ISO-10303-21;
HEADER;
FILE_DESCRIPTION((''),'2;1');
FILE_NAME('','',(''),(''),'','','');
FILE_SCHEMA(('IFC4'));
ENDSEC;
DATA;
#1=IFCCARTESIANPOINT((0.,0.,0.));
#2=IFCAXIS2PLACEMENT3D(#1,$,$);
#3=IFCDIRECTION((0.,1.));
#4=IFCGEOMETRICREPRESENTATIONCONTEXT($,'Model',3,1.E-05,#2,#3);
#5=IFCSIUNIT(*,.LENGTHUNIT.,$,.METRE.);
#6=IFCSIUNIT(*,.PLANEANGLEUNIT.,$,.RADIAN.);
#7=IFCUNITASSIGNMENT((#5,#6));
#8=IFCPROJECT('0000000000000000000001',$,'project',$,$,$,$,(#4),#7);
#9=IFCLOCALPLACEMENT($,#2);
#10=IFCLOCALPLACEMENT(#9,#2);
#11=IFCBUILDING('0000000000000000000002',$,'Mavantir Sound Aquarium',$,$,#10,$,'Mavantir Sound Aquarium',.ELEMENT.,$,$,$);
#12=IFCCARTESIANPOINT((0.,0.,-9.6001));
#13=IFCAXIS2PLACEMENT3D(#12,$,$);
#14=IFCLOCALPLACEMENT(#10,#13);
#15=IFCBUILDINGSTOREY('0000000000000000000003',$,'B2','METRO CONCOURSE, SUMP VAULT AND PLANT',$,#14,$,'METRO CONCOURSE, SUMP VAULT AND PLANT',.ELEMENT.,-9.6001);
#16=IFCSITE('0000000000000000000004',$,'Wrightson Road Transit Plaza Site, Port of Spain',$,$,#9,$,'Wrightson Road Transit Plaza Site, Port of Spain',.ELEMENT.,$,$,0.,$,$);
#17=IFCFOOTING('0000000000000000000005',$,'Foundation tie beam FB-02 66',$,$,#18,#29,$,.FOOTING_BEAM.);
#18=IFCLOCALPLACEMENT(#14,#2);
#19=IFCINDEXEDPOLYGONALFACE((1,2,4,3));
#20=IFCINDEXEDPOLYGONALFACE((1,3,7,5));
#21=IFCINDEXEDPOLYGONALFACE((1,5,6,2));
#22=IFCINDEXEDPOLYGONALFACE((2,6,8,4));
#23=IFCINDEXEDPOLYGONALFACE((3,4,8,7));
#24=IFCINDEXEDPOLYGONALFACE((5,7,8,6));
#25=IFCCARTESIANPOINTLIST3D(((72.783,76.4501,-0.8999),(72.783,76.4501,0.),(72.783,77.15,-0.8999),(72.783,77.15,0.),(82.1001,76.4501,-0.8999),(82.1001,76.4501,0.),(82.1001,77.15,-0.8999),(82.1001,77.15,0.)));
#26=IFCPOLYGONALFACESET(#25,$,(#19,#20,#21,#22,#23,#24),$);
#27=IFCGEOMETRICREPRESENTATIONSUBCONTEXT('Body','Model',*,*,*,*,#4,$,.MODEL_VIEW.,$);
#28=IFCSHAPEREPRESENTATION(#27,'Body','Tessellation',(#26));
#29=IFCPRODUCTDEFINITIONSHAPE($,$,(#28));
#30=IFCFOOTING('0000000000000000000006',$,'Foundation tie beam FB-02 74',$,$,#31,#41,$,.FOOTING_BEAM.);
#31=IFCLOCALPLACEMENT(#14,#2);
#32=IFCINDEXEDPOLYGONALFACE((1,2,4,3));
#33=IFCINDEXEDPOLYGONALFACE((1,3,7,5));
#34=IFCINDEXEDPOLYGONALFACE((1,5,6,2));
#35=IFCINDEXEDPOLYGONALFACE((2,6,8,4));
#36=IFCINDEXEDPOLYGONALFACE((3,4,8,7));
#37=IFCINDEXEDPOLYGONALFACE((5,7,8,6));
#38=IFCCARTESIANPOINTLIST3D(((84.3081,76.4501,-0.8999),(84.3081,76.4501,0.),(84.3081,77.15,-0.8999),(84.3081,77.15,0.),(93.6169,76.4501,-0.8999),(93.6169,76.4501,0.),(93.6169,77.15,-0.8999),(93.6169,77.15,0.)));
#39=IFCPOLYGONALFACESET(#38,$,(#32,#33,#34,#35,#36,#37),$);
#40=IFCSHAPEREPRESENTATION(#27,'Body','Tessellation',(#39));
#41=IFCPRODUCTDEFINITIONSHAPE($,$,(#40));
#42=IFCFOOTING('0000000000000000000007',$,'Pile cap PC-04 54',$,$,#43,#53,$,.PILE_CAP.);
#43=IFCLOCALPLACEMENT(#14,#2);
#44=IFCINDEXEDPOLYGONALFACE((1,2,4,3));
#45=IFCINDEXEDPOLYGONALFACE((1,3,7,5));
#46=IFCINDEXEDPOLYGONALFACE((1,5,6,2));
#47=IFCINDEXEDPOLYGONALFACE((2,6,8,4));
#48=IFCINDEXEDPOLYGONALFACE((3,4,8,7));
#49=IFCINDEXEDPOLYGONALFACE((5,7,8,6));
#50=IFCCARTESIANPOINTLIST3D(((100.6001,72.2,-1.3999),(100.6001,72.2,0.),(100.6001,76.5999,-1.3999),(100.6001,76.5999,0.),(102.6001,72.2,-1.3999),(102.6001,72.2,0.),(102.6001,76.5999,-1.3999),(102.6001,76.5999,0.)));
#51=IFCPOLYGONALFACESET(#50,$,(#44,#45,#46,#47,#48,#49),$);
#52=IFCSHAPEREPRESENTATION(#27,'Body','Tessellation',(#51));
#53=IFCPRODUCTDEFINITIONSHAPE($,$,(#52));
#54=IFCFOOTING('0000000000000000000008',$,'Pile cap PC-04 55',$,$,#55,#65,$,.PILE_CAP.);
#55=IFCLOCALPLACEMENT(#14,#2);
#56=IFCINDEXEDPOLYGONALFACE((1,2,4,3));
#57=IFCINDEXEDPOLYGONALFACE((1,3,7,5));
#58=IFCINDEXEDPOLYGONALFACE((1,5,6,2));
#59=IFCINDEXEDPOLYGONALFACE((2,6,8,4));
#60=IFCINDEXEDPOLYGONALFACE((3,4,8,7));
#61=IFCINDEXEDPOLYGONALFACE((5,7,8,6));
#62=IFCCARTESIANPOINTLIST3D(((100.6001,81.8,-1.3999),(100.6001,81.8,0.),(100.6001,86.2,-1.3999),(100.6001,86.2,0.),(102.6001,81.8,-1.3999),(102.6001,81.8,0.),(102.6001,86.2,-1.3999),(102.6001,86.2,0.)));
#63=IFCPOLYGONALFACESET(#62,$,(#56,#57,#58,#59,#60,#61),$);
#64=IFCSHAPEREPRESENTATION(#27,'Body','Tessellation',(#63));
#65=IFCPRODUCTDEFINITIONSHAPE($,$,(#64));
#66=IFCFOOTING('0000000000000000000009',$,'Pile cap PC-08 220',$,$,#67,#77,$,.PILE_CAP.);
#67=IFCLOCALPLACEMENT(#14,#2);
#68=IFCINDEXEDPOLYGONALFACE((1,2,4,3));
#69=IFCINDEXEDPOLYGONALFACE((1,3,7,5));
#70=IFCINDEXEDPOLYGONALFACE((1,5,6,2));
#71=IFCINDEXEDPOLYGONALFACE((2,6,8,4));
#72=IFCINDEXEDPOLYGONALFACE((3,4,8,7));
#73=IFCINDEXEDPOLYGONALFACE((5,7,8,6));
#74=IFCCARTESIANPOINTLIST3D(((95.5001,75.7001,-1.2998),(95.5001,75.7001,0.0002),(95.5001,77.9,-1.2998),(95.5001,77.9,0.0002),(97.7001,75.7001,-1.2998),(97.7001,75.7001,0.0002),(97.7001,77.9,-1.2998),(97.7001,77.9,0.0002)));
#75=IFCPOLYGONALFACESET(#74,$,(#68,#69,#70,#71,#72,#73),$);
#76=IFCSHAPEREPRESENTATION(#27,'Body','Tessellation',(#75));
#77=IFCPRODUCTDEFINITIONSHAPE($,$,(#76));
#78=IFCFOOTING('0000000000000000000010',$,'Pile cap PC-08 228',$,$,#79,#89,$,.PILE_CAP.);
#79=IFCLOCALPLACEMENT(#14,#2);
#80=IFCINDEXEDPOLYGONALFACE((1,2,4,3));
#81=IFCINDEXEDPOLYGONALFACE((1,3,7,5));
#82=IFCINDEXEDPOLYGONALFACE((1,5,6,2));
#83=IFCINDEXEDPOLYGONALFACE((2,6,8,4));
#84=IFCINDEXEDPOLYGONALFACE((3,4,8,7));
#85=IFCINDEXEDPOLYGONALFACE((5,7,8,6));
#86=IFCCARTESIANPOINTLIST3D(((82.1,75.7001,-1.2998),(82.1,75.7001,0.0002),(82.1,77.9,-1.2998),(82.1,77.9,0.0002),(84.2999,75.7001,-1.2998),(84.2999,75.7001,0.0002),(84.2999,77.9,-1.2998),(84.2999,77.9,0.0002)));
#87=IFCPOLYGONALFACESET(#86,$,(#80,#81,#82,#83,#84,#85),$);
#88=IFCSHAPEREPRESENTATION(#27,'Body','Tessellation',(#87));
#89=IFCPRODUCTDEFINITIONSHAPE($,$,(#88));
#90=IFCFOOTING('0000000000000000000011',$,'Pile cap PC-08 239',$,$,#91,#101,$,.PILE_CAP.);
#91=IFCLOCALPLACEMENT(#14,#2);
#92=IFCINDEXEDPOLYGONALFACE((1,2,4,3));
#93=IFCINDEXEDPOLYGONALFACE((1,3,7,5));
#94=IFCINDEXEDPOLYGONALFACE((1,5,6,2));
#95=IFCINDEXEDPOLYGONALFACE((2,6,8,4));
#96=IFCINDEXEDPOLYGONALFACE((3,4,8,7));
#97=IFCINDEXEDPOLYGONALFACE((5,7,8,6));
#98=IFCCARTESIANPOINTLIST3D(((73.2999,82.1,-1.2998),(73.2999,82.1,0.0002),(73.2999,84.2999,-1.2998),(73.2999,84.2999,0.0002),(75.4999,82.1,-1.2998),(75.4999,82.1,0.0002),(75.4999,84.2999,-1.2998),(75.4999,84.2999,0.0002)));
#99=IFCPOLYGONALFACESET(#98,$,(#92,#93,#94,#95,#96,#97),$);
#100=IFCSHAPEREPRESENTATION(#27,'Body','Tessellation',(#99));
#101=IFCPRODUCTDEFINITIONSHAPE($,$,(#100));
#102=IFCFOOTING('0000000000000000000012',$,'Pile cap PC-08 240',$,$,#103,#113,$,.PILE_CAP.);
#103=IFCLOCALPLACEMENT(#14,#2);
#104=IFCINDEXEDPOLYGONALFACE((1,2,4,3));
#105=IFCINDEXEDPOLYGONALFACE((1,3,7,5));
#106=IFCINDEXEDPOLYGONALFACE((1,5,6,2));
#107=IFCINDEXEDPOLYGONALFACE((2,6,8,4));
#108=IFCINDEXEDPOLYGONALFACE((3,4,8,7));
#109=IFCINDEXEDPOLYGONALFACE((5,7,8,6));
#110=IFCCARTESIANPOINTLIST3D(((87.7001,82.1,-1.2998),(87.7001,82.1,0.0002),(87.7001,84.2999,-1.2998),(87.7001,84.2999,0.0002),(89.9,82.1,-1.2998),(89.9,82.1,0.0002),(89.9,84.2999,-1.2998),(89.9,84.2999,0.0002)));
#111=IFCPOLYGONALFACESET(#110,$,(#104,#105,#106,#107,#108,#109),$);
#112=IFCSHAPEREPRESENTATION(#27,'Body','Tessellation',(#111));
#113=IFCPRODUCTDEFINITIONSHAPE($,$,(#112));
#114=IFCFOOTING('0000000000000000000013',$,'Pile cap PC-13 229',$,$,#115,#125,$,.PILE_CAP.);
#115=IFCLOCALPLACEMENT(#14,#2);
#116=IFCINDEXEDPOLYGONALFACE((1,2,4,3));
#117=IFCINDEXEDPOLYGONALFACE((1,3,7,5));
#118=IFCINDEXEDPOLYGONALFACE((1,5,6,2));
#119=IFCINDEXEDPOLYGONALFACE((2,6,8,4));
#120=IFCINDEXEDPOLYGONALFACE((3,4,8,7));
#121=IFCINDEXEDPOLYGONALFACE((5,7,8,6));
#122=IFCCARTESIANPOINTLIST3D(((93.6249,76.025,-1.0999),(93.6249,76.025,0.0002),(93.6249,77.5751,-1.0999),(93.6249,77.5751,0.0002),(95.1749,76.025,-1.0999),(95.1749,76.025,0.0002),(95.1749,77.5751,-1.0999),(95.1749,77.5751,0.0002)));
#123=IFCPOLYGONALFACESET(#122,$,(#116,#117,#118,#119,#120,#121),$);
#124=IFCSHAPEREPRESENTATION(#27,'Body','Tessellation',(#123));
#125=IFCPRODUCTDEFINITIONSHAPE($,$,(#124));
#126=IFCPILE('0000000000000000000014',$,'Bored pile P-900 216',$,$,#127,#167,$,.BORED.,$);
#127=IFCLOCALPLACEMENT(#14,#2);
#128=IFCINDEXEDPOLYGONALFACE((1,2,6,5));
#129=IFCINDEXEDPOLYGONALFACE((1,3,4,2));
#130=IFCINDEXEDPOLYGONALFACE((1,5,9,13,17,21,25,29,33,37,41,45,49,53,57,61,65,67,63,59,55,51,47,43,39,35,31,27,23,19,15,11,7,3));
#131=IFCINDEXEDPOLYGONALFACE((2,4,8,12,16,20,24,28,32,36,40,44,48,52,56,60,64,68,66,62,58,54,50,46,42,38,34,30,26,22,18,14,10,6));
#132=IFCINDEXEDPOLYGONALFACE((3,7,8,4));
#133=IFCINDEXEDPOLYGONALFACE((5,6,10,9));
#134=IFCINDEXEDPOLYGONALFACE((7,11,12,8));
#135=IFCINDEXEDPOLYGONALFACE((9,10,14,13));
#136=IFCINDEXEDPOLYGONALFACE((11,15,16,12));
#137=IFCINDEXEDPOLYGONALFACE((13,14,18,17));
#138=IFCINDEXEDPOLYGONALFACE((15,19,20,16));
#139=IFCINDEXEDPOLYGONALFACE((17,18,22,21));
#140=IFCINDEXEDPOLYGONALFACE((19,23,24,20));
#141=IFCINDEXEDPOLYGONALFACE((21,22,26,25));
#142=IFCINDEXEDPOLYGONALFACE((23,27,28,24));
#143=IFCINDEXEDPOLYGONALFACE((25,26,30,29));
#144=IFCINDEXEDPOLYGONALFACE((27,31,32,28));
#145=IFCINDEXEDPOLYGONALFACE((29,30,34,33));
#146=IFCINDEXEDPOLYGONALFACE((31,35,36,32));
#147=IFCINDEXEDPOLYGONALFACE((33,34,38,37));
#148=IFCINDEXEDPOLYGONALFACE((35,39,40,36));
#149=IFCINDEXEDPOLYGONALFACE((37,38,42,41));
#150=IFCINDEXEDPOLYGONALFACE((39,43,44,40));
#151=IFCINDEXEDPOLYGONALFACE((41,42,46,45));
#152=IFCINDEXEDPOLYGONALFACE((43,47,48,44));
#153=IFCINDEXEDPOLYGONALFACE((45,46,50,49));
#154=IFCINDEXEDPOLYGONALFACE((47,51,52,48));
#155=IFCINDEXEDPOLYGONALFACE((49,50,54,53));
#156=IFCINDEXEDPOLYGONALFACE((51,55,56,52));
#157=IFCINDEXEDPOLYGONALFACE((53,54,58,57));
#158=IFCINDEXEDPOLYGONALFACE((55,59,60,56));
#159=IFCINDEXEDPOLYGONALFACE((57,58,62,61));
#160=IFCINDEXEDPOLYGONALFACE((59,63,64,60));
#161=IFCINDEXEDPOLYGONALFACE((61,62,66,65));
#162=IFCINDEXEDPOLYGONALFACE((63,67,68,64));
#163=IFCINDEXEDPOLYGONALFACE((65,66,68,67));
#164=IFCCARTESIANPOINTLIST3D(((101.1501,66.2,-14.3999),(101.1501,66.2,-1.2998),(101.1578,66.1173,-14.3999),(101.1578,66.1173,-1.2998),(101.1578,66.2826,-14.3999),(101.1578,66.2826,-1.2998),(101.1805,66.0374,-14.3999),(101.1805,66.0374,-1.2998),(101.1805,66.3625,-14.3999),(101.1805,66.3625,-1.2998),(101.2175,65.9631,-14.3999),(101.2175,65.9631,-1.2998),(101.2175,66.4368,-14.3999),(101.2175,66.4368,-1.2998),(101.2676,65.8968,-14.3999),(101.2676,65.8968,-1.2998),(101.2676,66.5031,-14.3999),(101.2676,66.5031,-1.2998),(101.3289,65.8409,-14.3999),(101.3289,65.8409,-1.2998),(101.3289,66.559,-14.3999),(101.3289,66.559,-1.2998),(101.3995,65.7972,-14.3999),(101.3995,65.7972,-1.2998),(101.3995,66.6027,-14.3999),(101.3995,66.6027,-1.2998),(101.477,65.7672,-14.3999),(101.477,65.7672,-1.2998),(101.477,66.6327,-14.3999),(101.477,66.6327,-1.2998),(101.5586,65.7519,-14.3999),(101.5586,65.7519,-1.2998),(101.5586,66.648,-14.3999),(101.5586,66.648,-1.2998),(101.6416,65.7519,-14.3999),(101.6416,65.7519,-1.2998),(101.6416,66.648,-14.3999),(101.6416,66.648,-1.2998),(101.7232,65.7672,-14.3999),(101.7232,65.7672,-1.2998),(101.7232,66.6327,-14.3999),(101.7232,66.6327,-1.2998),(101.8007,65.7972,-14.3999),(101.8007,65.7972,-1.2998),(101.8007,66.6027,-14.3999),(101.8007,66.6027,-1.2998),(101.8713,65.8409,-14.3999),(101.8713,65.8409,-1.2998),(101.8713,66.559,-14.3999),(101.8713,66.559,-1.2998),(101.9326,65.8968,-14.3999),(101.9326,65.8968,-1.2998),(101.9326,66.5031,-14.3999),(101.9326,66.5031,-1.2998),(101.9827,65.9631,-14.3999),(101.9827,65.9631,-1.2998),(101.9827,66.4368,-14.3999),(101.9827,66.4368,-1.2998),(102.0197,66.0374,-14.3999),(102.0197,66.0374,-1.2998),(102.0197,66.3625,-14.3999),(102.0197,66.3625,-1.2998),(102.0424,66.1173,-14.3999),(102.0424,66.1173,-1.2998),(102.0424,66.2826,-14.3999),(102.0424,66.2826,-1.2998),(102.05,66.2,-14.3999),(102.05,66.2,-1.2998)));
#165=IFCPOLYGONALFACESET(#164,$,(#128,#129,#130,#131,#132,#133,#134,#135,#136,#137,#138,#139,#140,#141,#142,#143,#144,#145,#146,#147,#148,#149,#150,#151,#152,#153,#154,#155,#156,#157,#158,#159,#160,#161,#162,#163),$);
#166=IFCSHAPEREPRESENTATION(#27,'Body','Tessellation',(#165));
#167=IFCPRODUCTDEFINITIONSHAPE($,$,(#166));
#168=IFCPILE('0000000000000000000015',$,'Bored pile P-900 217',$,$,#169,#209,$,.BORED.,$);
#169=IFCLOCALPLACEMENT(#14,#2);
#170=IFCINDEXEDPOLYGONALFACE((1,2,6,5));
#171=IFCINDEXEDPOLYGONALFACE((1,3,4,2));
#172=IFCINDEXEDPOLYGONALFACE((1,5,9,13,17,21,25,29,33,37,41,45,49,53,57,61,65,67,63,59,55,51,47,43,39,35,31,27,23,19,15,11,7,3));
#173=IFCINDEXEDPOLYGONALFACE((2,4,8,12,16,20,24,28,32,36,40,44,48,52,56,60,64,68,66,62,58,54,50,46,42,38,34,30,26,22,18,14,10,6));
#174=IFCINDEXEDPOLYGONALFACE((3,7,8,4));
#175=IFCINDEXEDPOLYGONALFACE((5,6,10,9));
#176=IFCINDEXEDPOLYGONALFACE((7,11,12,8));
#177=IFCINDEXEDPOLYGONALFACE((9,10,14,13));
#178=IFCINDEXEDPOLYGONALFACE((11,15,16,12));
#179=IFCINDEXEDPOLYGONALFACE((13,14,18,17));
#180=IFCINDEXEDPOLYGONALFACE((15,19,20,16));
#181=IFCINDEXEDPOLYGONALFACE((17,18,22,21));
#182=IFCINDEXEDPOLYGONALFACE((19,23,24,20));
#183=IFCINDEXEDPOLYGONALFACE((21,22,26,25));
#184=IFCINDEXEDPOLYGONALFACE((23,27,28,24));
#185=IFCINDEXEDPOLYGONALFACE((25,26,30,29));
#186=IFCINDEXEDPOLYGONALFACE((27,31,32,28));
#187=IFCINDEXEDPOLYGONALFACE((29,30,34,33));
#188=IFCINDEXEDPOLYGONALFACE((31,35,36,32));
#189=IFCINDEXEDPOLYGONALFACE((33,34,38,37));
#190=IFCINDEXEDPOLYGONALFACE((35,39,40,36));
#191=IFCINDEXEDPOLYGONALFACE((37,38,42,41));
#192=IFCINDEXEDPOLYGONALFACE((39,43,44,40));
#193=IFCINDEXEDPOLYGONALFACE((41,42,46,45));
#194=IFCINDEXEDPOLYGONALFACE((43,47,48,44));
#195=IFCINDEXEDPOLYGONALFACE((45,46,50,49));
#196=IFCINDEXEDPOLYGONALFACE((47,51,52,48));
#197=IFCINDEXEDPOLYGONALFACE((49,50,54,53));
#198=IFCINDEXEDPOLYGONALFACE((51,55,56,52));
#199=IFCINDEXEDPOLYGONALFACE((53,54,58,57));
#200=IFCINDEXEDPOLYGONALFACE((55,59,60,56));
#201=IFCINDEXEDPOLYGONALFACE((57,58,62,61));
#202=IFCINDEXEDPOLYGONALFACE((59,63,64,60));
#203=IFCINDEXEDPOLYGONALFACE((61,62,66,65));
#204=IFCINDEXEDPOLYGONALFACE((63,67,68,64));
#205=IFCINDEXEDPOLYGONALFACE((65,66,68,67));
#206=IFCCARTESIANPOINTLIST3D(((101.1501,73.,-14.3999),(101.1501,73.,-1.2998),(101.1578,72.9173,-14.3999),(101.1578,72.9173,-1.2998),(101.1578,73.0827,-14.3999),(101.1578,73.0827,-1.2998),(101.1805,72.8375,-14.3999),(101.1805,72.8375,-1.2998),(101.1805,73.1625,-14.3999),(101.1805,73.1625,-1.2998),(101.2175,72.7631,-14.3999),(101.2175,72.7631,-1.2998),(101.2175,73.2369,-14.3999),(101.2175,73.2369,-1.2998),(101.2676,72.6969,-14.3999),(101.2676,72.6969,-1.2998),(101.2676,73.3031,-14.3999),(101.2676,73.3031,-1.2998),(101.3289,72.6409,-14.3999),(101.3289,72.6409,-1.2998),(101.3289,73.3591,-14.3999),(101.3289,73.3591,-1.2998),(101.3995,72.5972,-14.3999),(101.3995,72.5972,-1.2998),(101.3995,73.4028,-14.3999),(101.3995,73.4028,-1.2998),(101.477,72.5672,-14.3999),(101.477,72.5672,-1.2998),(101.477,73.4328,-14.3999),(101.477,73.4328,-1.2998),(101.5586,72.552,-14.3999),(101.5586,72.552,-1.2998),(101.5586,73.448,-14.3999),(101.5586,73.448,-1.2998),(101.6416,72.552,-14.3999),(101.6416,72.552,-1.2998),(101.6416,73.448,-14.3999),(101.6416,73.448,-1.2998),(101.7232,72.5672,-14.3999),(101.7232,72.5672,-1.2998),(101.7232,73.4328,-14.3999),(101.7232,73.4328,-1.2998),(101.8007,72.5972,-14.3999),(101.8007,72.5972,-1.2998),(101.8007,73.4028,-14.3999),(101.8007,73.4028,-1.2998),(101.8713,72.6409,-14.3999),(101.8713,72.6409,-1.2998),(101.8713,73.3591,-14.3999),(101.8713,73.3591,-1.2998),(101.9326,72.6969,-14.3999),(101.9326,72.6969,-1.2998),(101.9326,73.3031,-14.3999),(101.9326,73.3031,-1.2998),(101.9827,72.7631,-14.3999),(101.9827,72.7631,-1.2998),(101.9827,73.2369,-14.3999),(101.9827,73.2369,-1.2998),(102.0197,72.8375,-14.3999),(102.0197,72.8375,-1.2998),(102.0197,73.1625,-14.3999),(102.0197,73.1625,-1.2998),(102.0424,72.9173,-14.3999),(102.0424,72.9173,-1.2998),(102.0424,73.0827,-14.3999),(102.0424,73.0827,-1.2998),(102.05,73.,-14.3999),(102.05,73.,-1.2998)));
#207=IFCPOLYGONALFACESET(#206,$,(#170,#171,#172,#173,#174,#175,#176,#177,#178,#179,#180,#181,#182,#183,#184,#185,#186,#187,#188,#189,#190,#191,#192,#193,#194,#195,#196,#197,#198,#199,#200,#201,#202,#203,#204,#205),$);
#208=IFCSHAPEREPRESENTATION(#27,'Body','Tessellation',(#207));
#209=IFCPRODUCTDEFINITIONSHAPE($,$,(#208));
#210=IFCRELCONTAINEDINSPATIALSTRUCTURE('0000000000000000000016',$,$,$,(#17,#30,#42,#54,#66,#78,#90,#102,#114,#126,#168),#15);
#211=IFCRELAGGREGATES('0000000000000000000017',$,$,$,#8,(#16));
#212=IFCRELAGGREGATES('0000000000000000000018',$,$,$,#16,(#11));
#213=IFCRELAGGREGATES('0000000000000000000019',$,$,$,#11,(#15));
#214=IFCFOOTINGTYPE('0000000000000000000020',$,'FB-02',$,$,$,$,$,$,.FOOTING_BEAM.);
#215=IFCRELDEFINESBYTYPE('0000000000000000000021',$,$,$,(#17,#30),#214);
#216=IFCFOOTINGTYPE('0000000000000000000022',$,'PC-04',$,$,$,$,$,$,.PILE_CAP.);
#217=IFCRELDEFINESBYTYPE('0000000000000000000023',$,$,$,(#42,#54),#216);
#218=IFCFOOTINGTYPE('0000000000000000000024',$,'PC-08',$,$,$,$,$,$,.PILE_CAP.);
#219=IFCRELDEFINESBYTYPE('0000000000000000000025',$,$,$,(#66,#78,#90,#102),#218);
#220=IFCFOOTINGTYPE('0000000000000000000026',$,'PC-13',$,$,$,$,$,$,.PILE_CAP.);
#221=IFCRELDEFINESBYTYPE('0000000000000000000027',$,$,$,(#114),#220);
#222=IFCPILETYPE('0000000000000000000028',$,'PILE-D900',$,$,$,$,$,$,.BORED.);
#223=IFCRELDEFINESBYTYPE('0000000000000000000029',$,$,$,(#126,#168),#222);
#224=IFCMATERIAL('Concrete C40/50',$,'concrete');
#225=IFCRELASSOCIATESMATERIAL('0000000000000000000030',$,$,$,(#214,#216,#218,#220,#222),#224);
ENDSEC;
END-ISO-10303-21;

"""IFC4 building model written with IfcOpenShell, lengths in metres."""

from ifc_helpers import new_model, si_unit, direction, frame, origin, origin_2d, place, context, subcontext, project, spatial, rectangle, circle, extrude, material, material_profile, profile_set, type_object, element, save


model = new_model("IFC4")

# Units and contexts
model_context = context("Model", 3, precision=1e-05, world=origin(), true_north=direction((0.0, 1.0)))
body_context = subcontext(model_context, "Body", "Model", "MODEL_VIEW")
ifc_project = project(units=[si_unit("LENGTHUNIT", "METRE"), si_unit("PLANEANGLEUNIT", "RADIAN")], contexts=[model_context])

# Site, building, storey
site_placement = place(None, origin())
site = spatial("IfcSite", under=ifc_project, at=site_placement, Name="Wrightson Road Transit Plaza Site, Port of Spain", LongName="Wrightson Road Transit Plaza Site, Port of Spain", CompositionType="ELEMENT", RefElevation=0.0)
building_placement = place(site_placement, origin())
building = spatial("IfcBuilding", under=site, at=building_placement, Name="Mavantir Sound Aquarium", LongName="Mavantir Sound Aquarium", CompositionType="ELEMENT")
storey_placement = place(building_placement, frame((0.0, 0.0, -9.6001)))
storey = spatial("IfcBuildingStorey", under=building, at=storey_placement, Name="B2", Description="METRO CONCOURSE, SUMP VAULT AND PLANT", LongName="METRO CONCOURSE, SUMP VAULT AND PLANT", CompositionType="ELEMENT", Elevation=-9.6001)

# Footings
ifc_material_1 = material(Name="Concrete C40/50", Category="concrete")
ifc_material_profile_1 = material_profile(ifc_material_1, rectangle(XDim=0.7, YDim=0.8999, at=origin_2d()), Name="RC 700X900")
ifc_profile_set_1 = profile_set([ifc_material_profile_1], Name="Concrete C40/50")
footing_type_1 = type_object("IfcFootingType", Name="FB-02", PredefinedType="FOOTING_BEAM", material=ifc_profile_set_1)
footing_1_placement = place(storey_placement, frame((72.783, 76.8, -0.45), z_axis=(1.0, 0.0, 0.0), x_axis=(0.0, 1.0, 0.0)))
element("IfcFooting", 1, at=footing_1_placement, inside=storey, type_object=footing_type_1, Name="Foundation tie beam FB-02 66", PredefinedType="FOOTING_BEAM", context=body_context, shape_type="SweptSolid", body=[
    extrude(rectangle(XDim=0.7, YDim=0.8999, at=origin_2d()), origin(), (0.0, 0.0, 1.0), 9.3171),
])
footing_2_placement = place(storey_placement, frame((84.3081, 76.8, -0.45), z_axis=(1.0, 0.0, 0.0), x_axis=(0.0, 1.0, 0.0)))
element("IfcFooting", 2, at=footing_2_placement, inside=storey, type_object=footing_type_1, Name="Foundation tie beam FB-02 74", PredefinedType="FOOTING_BEAM", context=body_context, shape_type="SweptSolid", body=[
    extrude(rectangle(XDim=0.7, YDim=0.8999, at=origin_2d()), origin(), (0.0, 0.0, 1.0), 9.3088),
])
footing_type_2 = type_object("IfcFootingType", Name="PC-04", PredefinedType="PILE_CAP", material=ifc_material_1)
for number, where, z_axis, x_axis, name in (
    (3, (101.6001, 74.3999, -1.3999), (0.0, 0.0, 1.0), (1.0, 0.0, 0.0), "Pile cap PC-04 54"),
    (4, (101.6001, 84.0, -1.3999), (0.0, 0.0, 1.0), (1.0, 0.0, 0.0), "Pile cap PC-04 55"),
):
    element("IfcFooting", number, at=place(storey_placement, frame(where, z_axis=z_axis, x_axis=x_axis)), inside=storey, type_object=footing_type_2, Name=name, PredefinedType="PILE_CAP", context=body_context, shape_type="SweptSolid", body=[
        extrude(rectangle(XDim=2.0, YDim=4.3999, at=origin_2d()), origin(), (0.0, 0.0, 1.0), 1.3999),
    ])
footing_type_3 = type_object("IfcFootingType", Name="PC-08", PredefinedType="PILE_CAP", material=ifc_material_1)
for number, where, z_axis, x_axis, name in (
    (5, (96.6001, 76.8, -1.2998), (0.0, 0.0, 1.0), (1.0, 0.0, 0.0), "Pile cap PC-08 220"),
    (6, (83.2, 76.8, -1.2998), (0.0, 0.0, 1.0), (1.0, 0.0, 0.0), "Pile cap PC-08 228"),
    (7, (74.3999, 83.2, -1.2998), (0.0, 0.0, 1.0), (1.0, 0.0, 0.0), "Pile cap PC-08 239"),
    (8, (88.8, 83.2, -1.2998), (0.0, 0.0, 1.0), (1.0, 0.0, 0.0), "Pile cap PC-08 240"),
):
    element("IfcFooting", number, at=place(storey_placement, frame(where, z_axis=z_axis, x_axis=x_axis)), inside=storey, type_object=footing_type_3, Name=name, PredefinedType="PILE_CAP", context=body_context, shape_type="SweptSolid", body=[
        extrude(rectangle(XDim=2.2, YDim=2.2, at=origin_2d()), origin(), (0.0, 0.0, 1.0), 1.3),
    ])
footing_type_4 = type_object("IfcFootingType", Name="PC-13", PredefinedType="PILE_CAP", material=ifc_material_1)
footing_3_placement = place(storey_placement, frame((94.3999, 76.8, -1.0999), z_axis=(0.0, 0.0, 1.0), x_axis=(1.0, 0.0, 0.0)))
element("IfcFooting", 9, at=footing_3_placement, inside=storey, type_object=footing_type_4, Name="Pile cap PC-13 229", PredefinedType="PILE_CAP", context=body_context, shape_type="SweptSolid", body=[
    extrude(rectangle(XDim=1.55, YDim=1.55, at=origin_2d()), origin(), (0.0, 0.0, 1.0), 1.1001),
])

# Piles
ifc_material_profile_2 = material_profile(ifc_material_1, circle(Radius=0.45, at=origin_2d()), Name="PILE D900")
ifc_profile_set_2 = profile_set([ifc_material_profile_2], Name="Concrete C40/50")
pile_type = type_object("IfcPileType", Name="PILE-D900", PredefinedType="BORED", material=ifc_profile_set_2)
for number, where, z_axis, x_axis, name in (
    (10, (101.6001, 66.2, -1.2998), (0.0, 0.0, -1.0), (1.0, 0.0, 0.0), "Bored pile P-900 216"),
    (11, (101.6001, 73.0, -1.2998), (0.0, 0.0, -1.0), (1.0, 0.0, 0.0), "Bored pile P-900 217"),
):
    element("IfcPile", number, at=place(storey_placement, frame(where, z_axis=z_axis, x_axis=x_axis)), inside=storey, type_object=pile_type, Name=name, PredefinedType="BORED", context=body_context, shape_type="SweptSolid", body=[
        extrude(circle(Radius=0.45, at=origin_2d()), origin(), (0.0, 0.0, 1.0), 13.1001),
    ])

save(model, "model.ifc")
